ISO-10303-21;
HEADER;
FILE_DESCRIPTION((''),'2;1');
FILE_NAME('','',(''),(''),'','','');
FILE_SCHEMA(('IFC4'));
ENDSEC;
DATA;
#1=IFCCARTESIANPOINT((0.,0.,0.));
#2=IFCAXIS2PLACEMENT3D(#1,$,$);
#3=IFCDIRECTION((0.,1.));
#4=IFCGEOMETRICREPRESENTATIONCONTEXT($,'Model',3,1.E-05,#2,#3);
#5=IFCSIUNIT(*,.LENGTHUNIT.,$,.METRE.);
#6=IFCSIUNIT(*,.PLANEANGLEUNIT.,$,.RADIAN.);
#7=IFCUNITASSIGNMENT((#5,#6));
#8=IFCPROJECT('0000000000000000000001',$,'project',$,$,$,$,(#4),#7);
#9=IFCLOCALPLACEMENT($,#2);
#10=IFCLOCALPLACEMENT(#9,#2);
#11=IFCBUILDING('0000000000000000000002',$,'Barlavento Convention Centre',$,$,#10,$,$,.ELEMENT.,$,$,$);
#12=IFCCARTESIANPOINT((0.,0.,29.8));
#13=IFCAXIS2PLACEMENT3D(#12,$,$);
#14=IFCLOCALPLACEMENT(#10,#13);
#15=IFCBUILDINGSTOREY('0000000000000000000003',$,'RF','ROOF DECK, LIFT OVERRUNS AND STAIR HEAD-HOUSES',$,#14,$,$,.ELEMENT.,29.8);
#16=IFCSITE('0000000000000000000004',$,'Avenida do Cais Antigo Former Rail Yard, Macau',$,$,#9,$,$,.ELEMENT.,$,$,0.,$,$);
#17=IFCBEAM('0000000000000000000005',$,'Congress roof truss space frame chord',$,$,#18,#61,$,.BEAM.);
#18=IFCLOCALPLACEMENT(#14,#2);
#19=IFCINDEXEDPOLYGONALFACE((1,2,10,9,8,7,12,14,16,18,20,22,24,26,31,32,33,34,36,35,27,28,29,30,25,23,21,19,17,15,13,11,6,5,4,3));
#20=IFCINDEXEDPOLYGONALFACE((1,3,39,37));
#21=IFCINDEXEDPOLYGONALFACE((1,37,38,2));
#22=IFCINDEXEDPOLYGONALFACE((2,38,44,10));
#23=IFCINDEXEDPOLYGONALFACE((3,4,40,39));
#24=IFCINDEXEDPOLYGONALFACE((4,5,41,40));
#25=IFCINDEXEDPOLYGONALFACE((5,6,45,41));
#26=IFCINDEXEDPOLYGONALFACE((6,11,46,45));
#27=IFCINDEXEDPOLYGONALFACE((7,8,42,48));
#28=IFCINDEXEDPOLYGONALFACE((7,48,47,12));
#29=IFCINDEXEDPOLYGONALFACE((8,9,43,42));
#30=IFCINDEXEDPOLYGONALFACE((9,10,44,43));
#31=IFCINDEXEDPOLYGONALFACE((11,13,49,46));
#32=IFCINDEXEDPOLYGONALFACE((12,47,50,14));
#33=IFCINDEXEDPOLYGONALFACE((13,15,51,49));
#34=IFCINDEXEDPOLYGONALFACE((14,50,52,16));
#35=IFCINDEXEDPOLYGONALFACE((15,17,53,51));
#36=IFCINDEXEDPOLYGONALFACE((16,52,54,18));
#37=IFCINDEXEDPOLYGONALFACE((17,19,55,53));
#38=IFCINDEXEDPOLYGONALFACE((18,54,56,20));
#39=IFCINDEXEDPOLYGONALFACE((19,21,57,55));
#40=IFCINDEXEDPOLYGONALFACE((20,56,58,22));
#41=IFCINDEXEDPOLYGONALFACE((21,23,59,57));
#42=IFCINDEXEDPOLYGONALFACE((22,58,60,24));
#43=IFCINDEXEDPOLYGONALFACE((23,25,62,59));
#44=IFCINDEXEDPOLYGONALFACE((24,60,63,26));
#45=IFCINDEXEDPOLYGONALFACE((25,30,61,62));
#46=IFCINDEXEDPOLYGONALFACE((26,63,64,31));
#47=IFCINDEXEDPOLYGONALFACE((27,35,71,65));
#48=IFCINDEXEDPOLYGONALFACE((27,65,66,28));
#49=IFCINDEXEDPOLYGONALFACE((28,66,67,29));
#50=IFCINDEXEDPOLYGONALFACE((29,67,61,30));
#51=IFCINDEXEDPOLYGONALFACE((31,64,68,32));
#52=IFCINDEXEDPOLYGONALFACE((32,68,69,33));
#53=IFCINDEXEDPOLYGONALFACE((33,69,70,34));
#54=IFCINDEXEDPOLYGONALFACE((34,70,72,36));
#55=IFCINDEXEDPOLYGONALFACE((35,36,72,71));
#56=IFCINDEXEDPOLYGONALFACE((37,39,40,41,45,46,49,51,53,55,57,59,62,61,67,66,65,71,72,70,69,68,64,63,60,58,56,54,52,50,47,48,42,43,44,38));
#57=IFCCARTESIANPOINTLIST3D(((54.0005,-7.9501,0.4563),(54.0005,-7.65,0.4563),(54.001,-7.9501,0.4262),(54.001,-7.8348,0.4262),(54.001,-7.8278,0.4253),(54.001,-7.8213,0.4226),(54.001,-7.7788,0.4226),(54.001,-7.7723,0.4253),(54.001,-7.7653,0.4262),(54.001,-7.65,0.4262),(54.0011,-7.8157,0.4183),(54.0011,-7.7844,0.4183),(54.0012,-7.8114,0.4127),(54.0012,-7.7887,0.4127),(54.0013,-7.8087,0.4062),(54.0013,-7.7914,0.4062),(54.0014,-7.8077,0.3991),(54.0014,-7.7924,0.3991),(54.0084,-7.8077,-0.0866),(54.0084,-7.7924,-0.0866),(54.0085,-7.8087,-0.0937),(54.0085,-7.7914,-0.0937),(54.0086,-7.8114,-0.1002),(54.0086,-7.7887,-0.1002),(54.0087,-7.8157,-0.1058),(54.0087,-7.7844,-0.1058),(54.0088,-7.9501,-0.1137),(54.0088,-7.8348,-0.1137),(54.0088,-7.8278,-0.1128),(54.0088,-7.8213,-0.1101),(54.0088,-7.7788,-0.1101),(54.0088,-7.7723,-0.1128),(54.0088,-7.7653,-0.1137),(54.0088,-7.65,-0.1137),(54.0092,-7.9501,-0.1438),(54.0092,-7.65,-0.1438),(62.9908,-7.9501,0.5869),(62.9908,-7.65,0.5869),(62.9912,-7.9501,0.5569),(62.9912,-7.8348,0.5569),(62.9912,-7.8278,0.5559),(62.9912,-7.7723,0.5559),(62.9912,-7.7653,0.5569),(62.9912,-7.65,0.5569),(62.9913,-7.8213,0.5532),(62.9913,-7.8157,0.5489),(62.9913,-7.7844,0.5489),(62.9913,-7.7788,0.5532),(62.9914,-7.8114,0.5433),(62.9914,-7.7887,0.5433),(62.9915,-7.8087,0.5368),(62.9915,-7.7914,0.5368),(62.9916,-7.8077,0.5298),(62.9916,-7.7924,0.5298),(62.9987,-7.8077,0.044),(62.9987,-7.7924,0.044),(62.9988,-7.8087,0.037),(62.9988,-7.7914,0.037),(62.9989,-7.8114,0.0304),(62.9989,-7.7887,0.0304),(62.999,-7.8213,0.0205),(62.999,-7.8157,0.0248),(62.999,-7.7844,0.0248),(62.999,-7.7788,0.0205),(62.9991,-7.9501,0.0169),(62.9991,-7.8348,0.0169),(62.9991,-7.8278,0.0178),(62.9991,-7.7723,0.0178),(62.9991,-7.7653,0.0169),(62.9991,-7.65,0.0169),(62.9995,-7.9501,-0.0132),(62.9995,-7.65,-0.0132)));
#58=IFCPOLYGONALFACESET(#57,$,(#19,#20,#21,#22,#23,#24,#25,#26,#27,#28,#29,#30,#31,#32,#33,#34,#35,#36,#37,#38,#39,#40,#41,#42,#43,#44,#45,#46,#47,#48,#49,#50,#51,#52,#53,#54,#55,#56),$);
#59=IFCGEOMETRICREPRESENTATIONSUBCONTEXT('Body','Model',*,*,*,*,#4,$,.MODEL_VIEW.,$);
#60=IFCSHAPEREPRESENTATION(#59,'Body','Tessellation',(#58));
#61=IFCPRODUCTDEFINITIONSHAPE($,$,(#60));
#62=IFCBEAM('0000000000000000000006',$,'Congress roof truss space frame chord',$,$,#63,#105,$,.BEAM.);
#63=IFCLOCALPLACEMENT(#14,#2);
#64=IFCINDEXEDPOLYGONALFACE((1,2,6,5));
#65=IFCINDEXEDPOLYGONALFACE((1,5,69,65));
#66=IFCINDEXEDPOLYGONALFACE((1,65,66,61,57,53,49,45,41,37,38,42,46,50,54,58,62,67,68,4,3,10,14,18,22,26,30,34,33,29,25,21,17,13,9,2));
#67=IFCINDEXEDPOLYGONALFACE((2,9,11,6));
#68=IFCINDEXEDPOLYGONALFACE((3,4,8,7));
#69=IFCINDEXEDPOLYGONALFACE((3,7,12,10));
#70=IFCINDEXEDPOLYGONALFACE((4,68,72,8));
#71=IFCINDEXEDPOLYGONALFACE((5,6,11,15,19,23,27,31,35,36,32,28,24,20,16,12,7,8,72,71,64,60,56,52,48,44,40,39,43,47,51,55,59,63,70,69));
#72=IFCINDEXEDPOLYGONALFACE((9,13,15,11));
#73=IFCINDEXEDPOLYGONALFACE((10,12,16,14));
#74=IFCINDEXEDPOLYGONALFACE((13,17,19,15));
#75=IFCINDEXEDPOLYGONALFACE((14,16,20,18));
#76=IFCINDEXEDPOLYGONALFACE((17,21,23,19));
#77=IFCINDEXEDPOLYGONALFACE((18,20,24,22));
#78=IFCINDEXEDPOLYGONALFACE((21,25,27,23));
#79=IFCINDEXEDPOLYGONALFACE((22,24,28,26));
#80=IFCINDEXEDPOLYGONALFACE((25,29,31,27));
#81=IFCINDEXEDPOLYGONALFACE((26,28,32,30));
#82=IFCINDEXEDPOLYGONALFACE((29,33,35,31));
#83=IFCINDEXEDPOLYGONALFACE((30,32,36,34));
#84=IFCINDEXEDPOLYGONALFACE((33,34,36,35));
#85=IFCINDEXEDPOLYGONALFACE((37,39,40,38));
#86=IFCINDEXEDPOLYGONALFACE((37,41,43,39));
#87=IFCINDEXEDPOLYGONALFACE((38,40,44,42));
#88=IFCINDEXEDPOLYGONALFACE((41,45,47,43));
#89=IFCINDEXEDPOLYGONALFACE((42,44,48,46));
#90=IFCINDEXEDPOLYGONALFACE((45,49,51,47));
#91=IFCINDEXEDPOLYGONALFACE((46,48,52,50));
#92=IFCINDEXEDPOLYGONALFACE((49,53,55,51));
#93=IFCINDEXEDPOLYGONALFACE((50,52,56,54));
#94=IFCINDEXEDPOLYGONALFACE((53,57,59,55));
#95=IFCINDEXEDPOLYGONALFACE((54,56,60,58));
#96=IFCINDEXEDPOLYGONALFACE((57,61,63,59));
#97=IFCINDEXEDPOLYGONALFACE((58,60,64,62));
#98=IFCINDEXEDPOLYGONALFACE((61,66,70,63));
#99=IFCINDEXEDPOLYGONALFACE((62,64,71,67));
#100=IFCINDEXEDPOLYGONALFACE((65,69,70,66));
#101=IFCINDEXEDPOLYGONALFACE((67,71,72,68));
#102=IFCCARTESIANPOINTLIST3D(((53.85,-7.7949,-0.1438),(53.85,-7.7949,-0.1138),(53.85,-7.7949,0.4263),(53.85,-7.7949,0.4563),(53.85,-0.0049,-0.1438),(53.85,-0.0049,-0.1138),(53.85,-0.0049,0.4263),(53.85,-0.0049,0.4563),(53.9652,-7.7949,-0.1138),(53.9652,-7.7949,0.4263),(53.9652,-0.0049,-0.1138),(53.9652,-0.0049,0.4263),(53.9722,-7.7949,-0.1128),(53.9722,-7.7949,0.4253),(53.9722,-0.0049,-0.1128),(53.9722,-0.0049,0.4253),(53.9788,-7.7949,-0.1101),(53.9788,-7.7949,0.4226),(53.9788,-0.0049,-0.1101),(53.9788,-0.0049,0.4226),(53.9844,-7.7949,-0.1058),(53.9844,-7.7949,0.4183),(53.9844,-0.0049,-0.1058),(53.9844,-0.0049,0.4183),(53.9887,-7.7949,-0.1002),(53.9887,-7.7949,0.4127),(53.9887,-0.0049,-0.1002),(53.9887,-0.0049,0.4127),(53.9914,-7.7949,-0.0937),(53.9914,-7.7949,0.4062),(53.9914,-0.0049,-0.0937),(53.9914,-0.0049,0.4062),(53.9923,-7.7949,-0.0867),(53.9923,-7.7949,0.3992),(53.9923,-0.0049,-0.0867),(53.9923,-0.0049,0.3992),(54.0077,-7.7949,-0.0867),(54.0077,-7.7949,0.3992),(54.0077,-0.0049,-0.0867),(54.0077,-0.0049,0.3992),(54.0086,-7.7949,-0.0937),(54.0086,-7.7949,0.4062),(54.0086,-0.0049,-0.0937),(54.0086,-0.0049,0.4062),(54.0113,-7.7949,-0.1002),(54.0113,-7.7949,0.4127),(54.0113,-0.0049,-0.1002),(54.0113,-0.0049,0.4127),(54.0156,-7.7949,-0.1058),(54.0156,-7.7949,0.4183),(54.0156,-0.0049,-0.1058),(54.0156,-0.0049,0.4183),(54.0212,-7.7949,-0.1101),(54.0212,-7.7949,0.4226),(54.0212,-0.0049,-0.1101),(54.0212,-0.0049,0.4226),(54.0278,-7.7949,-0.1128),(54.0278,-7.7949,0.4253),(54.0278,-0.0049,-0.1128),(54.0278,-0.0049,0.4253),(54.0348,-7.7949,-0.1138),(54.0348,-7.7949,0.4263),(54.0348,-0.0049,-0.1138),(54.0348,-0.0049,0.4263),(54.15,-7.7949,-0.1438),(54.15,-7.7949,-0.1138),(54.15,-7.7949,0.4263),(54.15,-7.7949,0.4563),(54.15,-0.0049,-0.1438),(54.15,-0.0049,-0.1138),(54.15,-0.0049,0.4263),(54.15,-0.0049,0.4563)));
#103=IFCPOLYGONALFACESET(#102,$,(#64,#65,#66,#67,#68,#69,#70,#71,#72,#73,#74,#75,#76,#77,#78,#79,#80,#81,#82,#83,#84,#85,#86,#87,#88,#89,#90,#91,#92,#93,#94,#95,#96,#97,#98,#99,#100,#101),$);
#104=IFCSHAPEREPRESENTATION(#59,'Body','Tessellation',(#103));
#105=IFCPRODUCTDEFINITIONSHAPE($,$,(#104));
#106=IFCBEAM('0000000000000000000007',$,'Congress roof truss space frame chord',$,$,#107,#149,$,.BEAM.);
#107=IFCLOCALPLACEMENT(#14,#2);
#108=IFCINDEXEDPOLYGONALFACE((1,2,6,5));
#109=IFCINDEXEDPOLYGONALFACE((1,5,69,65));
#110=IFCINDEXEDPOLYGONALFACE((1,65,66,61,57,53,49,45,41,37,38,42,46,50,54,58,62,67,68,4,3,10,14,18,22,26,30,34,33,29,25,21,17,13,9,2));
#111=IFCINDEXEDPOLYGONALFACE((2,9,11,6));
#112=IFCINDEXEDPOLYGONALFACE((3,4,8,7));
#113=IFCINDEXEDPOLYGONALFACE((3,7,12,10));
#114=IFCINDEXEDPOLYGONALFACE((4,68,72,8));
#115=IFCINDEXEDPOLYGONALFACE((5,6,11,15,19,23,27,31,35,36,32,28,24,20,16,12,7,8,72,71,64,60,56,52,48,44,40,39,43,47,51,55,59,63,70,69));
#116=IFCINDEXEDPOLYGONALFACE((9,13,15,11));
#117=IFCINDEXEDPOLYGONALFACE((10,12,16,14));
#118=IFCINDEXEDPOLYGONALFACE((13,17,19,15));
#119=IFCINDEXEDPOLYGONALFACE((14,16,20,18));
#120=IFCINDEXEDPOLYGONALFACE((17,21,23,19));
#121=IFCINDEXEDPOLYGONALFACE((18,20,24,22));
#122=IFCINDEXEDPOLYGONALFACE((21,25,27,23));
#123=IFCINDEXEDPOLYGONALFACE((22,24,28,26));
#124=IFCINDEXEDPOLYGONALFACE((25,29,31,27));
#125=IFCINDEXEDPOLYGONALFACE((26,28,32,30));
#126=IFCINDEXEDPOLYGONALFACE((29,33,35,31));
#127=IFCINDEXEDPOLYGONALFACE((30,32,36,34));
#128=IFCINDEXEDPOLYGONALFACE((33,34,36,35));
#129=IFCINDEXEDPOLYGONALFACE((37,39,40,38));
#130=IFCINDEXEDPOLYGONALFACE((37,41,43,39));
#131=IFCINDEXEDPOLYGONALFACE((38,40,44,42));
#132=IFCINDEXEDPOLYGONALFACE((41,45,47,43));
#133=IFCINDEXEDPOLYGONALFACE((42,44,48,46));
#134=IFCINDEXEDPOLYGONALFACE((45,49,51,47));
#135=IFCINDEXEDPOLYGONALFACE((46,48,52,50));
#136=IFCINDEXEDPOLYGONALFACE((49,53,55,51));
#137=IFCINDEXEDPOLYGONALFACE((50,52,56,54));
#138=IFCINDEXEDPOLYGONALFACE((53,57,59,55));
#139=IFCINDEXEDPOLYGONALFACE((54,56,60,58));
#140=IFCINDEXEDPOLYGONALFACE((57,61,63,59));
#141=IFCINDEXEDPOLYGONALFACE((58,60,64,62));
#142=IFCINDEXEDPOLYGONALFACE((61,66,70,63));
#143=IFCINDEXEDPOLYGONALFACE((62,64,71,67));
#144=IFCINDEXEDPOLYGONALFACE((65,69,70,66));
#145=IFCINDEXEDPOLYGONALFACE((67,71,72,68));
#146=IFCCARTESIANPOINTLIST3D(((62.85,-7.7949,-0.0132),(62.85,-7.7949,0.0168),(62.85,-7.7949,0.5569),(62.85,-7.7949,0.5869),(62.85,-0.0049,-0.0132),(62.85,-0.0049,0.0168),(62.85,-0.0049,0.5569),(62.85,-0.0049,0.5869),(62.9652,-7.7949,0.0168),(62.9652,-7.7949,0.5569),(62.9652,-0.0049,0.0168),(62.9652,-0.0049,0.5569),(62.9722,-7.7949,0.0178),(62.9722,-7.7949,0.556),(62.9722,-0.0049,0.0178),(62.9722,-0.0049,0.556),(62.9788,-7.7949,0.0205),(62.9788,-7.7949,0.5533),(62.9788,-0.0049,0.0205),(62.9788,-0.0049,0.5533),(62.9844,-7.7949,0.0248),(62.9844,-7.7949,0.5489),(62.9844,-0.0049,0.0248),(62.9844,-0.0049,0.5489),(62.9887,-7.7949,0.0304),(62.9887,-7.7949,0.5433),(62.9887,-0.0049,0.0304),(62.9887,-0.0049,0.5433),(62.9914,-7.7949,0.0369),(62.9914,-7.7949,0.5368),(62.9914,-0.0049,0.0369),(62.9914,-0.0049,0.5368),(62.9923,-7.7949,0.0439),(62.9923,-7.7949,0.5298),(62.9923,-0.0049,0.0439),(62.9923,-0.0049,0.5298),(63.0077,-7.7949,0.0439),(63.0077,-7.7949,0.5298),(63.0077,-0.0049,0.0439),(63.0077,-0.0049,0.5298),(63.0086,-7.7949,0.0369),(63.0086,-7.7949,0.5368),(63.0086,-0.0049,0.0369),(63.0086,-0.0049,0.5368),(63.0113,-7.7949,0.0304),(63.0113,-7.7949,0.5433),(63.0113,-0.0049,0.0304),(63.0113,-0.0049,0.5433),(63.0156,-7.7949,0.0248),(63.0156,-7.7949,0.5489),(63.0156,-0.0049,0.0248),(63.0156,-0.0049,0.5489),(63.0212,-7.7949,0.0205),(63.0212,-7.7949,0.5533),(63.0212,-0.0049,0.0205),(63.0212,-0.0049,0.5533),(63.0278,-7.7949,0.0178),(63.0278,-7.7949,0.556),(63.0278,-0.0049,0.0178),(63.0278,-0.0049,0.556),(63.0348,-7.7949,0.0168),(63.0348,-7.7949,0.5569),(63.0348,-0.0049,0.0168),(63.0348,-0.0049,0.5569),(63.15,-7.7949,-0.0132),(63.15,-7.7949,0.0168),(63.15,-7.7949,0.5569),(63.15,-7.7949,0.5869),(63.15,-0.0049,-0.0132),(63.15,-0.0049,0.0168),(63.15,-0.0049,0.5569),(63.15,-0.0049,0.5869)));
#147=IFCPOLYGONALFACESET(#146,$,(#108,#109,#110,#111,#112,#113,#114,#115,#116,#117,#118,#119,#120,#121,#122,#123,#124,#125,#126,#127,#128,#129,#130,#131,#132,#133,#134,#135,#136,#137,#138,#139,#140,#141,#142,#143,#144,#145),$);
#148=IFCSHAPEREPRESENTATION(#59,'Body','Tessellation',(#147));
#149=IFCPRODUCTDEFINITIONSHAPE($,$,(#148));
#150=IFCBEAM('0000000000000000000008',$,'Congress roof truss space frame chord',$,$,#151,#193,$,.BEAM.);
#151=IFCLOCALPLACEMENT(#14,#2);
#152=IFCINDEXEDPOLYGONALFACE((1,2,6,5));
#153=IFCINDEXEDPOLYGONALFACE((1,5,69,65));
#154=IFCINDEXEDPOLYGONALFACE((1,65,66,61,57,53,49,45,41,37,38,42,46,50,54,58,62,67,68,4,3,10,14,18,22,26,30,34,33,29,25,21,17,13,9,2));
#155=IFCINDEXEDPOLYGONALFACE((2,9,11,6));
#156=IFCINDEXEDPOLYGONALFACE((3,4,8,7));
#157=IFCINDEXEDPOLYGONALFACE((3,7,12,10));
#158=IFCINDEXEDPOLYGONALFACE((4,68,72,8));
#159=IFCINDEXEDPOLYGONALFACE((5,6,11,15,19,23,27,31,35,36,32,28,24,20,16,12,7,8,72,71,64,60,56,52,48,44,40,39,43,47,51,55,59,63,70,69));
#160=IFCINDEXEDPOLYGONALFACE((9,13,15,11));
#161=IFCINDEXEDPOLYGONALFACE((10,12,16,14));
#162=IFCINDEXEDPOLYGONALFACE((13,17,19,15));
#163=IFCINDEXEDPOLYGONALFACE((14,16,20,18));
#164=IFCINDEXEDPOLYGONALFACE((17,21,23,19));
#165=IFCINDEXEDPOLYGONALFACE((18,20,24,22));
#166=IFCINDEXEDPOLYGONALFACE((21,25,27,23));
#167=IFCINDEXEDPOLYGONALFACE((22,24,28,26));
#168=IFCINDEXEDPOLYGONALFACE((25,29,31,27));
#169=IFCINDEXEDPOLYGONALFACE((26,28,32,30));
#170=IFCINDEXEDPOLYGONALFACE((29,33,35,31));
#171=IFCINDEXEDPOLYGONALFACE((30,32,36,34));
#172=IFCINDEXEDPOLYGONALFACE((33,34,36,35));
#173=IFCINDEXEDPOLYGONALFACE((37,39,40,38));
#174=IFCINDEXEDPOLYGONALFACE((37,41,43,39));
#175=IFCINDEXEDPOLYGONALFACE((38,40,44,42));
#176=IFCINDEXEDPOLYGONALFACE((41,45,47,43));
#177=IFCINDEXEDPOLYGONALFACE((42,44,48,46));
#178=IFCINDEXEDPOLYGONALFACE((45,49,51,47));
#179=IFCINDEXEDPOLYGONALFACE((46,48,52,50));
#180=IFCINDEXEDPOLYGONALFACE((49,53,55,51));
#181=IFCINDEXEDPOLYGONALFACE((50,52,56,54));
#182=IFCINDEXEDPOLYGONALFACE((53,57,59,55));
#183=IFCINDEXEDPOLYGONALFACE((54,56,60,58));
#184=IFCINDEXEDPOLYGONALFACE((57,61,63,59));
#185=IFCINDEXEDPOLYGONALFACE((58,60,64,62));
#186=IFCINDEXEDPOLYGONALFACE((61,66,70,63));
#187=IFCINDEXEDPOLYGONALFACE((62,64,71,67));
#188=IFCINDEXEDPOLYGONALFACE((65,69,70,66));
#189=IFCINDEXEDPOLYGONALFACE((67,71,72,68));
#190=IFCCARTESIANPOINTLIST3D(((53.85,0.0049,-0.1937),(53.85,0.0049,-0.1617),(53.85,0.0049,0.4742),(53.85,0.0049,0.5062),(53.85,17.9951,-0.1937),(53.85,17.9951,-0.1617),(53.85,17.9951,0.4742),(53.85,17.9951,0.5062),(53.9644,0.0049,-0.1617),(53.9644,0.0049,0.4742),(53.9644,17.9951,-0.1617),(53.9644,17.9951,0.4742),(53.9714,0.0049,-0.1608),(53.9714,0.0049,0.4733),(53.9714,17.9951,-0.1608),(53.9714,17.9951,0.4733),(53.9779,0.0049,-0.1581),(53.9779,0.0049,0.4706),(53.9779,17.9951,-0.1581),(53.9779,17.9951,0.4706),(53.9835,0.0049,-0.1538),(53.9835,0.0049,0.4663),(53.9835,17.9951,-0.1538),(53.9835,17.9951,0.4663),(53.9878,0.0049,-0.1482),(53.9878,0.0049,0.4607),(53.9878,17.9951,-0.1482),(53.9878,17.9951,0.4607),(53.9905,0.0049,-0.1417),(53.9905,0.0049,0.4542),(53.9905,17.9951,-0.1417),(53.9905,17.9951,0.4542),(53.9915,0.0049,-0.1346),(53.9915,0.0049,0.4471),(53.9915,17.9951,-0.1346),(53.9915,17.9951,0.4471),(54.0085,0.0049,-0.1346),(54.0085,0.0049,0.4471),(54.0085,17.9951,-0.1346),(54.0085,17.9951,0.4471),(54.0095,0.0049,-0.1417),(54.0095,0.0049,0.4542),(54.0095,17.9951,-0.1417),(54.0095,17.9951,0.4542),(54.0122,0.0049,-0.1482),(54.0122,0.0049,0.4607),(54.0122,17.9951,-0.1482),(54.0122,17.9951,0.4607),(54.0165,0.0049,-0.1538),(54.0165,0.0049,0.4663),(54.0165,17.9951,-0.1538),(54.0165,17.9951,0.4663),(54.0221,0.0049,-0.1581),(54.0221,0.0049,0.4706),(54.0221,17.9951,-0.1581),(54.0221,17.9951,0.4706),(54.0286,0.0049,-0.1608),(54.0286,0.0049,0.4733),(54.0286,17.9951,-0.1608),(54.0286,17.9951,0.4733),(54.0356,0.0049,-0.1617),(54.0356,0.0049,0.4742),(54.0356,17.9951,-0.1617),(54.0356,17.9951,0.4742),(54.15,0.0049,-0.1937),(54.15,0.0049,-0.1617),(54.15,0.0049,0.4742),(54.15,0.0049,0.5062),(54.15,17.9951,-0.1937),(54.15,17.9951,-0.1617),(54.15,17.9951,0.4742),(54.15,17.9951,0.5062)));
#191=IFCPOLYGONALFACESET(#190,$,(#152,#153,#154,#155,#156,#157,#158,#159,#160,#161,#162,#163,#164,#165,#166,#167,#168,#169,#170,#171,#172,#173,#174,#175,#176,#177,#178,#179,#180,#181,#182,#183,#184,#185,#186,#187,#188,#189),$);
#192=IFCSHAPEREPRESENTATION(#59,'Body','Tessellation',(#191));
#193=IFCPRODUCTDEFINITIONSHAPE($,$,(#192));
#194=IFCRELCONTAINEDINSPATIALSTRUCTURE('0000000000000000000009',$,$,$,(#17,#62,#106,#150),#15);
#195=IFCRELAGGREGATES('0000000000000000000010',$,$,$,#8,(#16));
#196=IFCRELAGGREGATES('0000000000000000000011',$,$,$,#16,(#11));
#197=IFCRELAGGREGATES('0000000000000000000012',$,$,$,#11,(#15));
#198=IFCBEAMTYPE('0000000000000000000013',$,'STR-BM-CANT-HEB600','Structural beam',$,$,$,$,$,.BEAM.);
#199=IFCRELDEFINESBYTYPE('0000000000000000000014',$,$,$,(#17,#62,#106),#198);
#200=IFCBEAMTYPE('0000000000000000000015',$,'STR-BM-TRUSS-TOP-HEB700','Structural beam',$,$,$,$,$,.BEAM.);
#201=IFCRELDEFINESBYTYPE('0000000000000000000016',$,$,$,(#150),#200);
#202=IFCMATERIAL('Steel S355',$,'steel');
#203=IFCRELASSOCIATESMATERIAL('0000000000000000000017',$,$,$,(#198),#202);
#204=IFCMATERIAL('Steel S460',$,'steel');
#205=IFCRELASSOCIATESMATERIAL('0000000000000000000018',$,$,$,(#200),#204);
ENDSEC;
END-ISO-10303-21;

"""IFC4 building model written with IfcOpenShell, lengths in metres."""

from ifc_helpers import new_model, si_unit, direction, frame, origin, origin_2d, place, context, subcontext, project, spatial, i_section, extrude, material, material_profile, profile_set, type_object, element, save


model = new_model("IFC4")

# Units and contexts
model_context = context("Model", 3, precision=1e-05, world=origin(), true_north=direction((0.0, 1.0)))
body_context = subcontext(model_context, "Body", "Model", "MODEL_VIEW")
ifc_project = project(units=[si_unit("LENGTHUNIT", "METRE"), si_unit("PLANEANGLEUNIT", "RADIAN")], contexts=[model_context])

# Site, building, storey
site_placement = place(None, origin())
site = spatial("IfcSite", under=ifc_project, at=site_placement, Name="Avenida do Cais Antigo Former Rail Yard, Macau", CompositionType="ELEMENT", RefElevation=0.0)
building_placement = place(site_placement, origin())
building = spatial("IfcBuilding", under=site, at=building_placement, Name="Barlavento Convention Centre", CompositionType="ELEMENT")
storey_placement = place(building_placement, frame((0.0, 0.0, 29.8)))
storey = spatial("IfcBuildingStorey", under=building, at=storey_placement, Name="RF", Description="ROOF DECK, LIFT OVERRUNS AND STAIR HEAD-HOUSES", CompositionType="ELEMENT", Elevation=29.8)

# Beams
ifc_material_1 = material(Name="Steel S355", Category="steel")
ifc_material_profile_1 = material_profile(ifc_material_1, i_section(OverallWidth=0.3, OverallDepth=0.6001, WebThickness=0.0154, FlangeThickness=0.03, FilletRadius=0.0271, at=origin_2d()), Name="HEB 600")
ifc_profile_set_1 = profile_set([ifc_material_profile_1], Name="Steel S355")
beam_type_1 = type_object("IfcBeamType", Name="STR-BM-CANT-HEB600", Description="Structural beam", PredefinedType="BEAM", material=ifc_profile_set_1)
beam_placement = place(storey_placement, frame((54.0049, -7.8, 0.1562), z_axis=(0.999894, 0.0, 0.014527), x_axis=(0.0, 1.0, 0.0)))
element("IfcBeam", 1, at=beam_placement, inside=storey, type_object=beam_type_1, Name="Congress roof truss space frame chord", PredefinedType="BEAM", context=body_context, shape_type="SweptSolid", body=[
    extrude(i_section(OverallWidth=0.3, OverallDepth=0.6001, WebThickness=0.0154, FlangeThickness=0.03, FilletRadius=0.0271, at=origin_2d()), origin(), (0.0, 0.0, 1.0), 8.9912),
])
for number, where, z_axis, x_axis, name in (
    (2, (54.0, -7.7949, 0.1562), (0.0, 1.0, 0.0), (-1.0, 0.0, 0.0), "Congress roof truss space frame chord"),
    (3, (63.0, -7.7949, 0.2869), (0.0, 1.0, 0.0), (-1.0, 0.0, 0.0), "Congress roof truss space frame chord"),
):
    element("IfcBeam", number, at=place(storey_placement, frame(where, z_axis=z_axis, x_axis=x_axis)), inside=storey, type_object=beam_type_1, Name=name, PredefinedType="BEAM", context=body_context, shape_type="SweptSolid", body=[
        extrude(i_section(OverallWidth=0.3, OverallDepth=0.6001, WebThickness=0.0154, FlangeThickness=0.03, FilletRadius=0.0271, at=origin_2d()), origin(), (0.0, 0.0, 1.0), 7.79),
    ])
ifc_material_2 = material(Name="Steel S460", Category="steel")
ifc_material_profile_2 = material_profile(ifc_material_2, i_section(OverallWidth=0.3, OverallDepth=0.7, WebThickness=0.0171, FlangeThickness=0.032, FilletRadius=0.0271, at=origin_2d()), Name="HEB 700")
ifc_profile_set_2 = profile_set([ifc_material_profile_2], Name="Steel S460")
beam_type_2 = type_object("IfcBeamType", Name="STR-BM-TRUSS-TOP-HEB700", Description="Structural beam", PredefinedType="BEAM", material=ifc_profile_set_2)
for number, where, z_axis, x_axis, name in (
    (4, (54.0, 0.0049, 0.1562), (0.0, 1.0, 0.0), (-1.0, 0.0, 0.0), "Congress roof truss space frame chord"),
):
    element("IfcBeam", number, at=place(storey_placement, frame(where, z_axis=z_axis, x_axis=x_axis)), inside=storey, type_object=beam_type_2, Name=name, PredefinedType="BEAM", context=body_context, shape_type="SweptSolid", body=[
        extrude(i_section(OverallWidth=0.3, OverallDepth=0.7, WebThickness=0.0171, FlangeThickness=0.032, FilletRadius=0.0271, at=origin_2d()), origin(), (0.0, 0.0, 1.0), 17.9902),
    ])

save(model, "model.ifc")
